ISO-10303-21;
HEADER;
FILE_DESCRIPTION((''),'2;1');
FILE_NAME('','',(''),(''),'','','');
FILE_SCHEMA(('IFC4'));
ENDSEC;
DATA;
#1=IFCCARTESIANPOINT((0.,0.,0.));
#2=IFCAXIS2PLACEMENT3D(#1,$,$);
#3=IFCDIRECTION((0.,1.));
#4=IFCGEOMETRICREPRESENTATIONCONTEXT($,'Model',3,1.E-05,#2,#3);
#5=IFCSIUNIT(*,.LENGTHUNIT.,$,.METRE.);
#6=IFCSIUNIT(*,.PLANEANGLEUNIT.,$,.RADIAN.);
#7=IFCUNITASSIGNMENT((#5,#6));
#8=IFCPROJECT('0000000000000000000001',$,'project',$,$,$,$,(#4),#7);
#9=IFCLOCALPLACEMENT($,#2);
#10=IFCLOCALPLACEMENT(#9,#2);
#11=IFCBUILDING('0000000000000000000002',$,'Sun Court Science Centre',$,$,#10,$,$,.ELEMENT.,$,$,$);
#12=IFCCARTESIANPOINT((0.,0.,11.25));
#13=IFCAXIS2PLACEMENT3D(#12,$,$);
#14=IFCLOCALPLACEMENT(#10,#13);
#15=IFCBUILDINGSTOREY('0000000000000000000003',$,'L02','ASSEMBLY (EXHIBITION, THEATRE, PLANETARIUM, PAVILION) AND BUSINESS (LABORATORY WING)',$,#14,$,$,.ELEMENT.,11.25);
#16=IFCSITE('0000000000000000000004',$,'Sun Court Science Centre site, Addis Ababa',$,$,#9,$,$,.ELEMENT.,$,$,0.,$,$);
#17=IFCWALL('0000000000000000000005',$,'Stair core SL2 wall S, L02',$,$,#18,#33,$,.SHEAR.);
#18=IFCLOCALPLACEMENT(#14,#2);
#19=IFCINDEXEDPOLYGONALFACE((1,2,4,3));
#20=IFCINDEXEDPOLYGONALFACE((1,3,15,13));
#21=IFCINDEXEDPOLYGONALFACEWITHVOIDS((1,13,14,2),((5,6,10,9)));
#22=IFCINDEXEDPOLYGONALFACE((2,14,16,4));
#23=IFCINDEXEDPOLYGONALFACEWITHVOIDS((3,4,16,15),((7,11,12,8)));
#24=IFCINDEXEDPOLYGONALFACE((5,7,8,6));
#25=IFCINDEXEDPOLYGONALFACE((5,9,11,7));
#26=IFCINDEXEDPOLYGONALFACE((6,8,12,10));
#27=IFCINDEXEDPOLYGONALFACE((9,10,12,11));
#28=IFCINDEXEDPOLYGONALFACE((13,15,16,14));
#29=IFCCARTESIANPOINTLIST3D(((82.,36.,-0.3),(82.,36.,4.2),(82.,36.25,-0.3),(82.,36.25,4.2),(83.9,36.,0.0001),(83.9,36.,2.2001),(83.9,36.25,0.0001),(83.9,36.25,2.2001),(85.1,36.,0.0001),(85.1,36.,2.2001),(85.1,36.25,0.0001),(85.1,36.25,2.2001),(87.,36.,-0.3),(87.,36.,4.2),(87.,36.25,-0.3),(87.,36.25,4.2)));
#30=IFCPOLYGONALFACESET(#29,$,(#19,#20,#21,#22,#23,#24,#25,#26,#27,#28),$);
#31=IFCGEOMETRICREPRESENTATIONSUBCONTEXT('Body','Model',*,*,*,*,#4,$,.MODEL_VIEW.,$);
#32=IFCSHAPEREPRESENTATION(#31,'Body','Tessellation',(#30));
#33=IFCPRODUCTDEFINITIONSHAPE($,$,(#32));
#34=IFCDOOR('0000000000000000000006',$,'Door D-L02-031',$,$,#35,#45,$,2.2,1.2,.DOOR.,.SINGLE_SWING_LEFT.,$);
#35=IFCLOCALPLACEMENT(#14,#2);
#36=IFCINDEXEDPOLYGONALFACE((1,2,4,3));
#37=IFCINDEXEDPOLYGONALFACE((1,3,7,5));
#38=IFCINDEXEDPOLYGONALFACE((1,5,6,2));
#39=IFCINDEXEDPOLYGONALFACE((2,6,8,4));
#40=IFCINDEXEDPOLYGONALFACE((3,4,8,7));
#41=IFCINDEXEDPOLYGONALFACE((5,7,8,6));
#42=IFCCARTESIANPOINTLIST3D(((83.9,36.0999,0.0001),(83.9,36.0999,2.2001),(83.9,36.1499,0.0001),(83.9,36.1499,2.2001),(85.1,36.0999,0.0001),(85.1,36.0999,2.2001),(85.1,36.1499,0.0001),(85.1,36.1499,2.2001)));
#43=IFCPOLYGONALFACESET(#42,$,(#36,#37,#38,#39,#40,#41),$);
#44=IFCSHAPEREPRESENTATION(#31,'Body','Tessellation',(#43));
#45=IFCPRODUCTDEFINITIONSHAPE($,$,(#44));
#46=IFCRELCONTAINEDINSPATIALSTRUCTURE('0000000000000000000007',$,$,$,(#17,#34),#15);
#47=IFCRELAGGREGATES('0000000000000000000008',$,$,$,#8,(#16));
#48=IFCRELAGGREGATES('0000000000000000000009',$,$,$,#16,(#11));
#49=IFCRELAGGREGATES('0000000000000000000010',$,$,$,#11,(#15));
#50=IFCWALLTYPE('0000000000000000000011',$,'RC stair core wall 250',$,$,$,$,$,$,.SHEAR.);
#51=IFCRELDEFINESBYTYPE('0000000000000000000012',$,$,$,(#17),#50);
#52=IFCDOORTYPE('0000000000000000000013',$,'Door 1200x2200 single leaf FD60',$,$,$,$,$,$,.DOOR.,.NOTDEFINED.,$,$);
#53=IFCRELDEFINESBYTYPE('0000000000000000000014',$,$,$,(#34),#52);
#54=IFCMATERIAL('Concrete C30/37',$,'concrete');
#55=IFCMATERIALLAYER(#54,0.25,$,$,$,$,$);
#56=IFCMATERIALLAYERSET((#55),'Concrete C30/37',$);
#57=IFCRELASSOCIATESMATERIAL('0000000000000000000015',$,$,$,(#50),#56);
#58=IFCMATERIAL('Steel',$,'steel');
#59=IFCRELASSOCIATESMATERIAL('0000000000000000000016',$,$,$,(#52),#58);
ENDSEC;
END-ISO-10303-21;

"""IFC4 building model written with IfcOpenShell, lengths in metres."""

from ifc_helpers import new_model, si_unit, direction, frame, frame_2d, origin, place, context, subcontext, project, spatial, rectangle, extrude, material, layer, layer_set, type_object, element, fill, save


model = new_model("IFC4")

# Units and contexts
model_context = context("Model", 3, precision=1e-05, world=origin(), true_north=direction((0.0, 1.0)))
body_context = subcontext(model_context, "Body", "Model", "MODEL_VIEW")
ifc_project = project(units=[si_unit("LENGTHUNIT", "METRE"), si_unit("PLANEANGLEUNIT", "RADIAN")], contexts=[model_context])

# Site, building, storey
site_placement = place(None, origin())
site = spatial("IfcSite", under=ifc_project, at=site_placement, Name="Sun Court Science Centre site, Addis Ababa", CompositionType="ELEMENT", RefElevation=0.0)
building_placement = place(site_placement, origin())
building = spatial("IfcBuilding", under=site, at=building_placement, Name="Sun Court Science Centre", CompositionType="ELEMENT")
storey_placement = place(building_placement, frame((0.0, 0.0, 11.25)))
storey = spatial("IfcBuildingStorey", under=building, at=storey_placement, Name="L02", Description="ASSEMBLY (EXHIBITION, THEATRE, PLANETARIUM, PAVILION) AND BUSINESS (LABORATORY WING)", CompositionType="ELEMENT", Elevation=11.25)

# Wall, opening, door
ifc_material_1 = material(Name="Concrete C30/37", Category="concrete")
ifc_layer_1 = layer(ifc_material_1, 0.25)
ifc_layer_set_1 = layer_set([ifc_layer_1], Name="Concrete C30/37")
wall_type_1 = type_object("IfcWallType", Name="RC stair core wall 250", PredefinedType="SHEAR", material=ifc_layer_set_1)
wall_1_placement = place(storey_placement, frame((82.0, 36.125, -0.3), z_axis=(0.0, 0.0, 1.0), x_axis=(1.0, 0.0, 0.0)))
wall_1 = element("IfcWall", 1, at=wall_1_placement, inside=storey, type_object=wall_type_1, Name="Stair core SL2 wall S, L02", PredefinedType="SHEAR", context=body_context, shape_type="SweptSolid", body=[
    extrude(rectangle(XDim=5.0, YDim=0.25, at=frame_2d((2.5, 0.0))), origin(), (0.0, 0.0, 1.0), 4.5),
])
opening_1_placement = place(wall_1_placement, frame((1.8999, 0.0, 0.3)))
opening_1 = element("IfcOpeningElement", 2, at=opening_1_placement, cuts=wall_1, PredefinedType="OPENING", context=body_context, shape_type="SweptSolid", body=[
    extrude(rectangle(XDim=1.2, YDim=2.2, at=frame_2d((0.6001, 1.1001))), frame((0.0, 0.135, 0.0), z_axis=(0.0, -1.0, 0.0), x_axis=(1.0, 0.0, 0.0)), (0.0, 0.0, 1.0), 0.27),
])
ifc_material_2 = material(Name="Steel", Category="steel")
door_type_1 = type_object("IfcDoorType", Name="Door 1200x2200 single leaf FD60", OperationType="NOTDEFINED", PredefinedType="DOOR", material=ifc_material_2)
door_1_placement = place(opening_1_placement, origin())
door_1 = element("IfcDoor", 3, at=door_1_placement, inside=storey, type_object=door_type_1, Name="Door D-L02-031", OperationType="SINGLE_SWING_LEFT", OverallHeight=2.2, OverallWidth=1.2, PredefinedType="DOOR", context=body_context, shape_type="SweptSolid", body=[
    extrude(rectangle(XDim=1.2, YDim=2.2, at=frame_2d((0.6001, 1.1001))), frame((0.0, 0.0249, 0.0), z_axis=(0.0, -1.0, 0.0), x_axis=(1.0, 0.0, 0.0)), (0.0, 0.0, 1.0), 0.05),
])
fill(opening_1, door_1)

save(model, "model.ifc")
